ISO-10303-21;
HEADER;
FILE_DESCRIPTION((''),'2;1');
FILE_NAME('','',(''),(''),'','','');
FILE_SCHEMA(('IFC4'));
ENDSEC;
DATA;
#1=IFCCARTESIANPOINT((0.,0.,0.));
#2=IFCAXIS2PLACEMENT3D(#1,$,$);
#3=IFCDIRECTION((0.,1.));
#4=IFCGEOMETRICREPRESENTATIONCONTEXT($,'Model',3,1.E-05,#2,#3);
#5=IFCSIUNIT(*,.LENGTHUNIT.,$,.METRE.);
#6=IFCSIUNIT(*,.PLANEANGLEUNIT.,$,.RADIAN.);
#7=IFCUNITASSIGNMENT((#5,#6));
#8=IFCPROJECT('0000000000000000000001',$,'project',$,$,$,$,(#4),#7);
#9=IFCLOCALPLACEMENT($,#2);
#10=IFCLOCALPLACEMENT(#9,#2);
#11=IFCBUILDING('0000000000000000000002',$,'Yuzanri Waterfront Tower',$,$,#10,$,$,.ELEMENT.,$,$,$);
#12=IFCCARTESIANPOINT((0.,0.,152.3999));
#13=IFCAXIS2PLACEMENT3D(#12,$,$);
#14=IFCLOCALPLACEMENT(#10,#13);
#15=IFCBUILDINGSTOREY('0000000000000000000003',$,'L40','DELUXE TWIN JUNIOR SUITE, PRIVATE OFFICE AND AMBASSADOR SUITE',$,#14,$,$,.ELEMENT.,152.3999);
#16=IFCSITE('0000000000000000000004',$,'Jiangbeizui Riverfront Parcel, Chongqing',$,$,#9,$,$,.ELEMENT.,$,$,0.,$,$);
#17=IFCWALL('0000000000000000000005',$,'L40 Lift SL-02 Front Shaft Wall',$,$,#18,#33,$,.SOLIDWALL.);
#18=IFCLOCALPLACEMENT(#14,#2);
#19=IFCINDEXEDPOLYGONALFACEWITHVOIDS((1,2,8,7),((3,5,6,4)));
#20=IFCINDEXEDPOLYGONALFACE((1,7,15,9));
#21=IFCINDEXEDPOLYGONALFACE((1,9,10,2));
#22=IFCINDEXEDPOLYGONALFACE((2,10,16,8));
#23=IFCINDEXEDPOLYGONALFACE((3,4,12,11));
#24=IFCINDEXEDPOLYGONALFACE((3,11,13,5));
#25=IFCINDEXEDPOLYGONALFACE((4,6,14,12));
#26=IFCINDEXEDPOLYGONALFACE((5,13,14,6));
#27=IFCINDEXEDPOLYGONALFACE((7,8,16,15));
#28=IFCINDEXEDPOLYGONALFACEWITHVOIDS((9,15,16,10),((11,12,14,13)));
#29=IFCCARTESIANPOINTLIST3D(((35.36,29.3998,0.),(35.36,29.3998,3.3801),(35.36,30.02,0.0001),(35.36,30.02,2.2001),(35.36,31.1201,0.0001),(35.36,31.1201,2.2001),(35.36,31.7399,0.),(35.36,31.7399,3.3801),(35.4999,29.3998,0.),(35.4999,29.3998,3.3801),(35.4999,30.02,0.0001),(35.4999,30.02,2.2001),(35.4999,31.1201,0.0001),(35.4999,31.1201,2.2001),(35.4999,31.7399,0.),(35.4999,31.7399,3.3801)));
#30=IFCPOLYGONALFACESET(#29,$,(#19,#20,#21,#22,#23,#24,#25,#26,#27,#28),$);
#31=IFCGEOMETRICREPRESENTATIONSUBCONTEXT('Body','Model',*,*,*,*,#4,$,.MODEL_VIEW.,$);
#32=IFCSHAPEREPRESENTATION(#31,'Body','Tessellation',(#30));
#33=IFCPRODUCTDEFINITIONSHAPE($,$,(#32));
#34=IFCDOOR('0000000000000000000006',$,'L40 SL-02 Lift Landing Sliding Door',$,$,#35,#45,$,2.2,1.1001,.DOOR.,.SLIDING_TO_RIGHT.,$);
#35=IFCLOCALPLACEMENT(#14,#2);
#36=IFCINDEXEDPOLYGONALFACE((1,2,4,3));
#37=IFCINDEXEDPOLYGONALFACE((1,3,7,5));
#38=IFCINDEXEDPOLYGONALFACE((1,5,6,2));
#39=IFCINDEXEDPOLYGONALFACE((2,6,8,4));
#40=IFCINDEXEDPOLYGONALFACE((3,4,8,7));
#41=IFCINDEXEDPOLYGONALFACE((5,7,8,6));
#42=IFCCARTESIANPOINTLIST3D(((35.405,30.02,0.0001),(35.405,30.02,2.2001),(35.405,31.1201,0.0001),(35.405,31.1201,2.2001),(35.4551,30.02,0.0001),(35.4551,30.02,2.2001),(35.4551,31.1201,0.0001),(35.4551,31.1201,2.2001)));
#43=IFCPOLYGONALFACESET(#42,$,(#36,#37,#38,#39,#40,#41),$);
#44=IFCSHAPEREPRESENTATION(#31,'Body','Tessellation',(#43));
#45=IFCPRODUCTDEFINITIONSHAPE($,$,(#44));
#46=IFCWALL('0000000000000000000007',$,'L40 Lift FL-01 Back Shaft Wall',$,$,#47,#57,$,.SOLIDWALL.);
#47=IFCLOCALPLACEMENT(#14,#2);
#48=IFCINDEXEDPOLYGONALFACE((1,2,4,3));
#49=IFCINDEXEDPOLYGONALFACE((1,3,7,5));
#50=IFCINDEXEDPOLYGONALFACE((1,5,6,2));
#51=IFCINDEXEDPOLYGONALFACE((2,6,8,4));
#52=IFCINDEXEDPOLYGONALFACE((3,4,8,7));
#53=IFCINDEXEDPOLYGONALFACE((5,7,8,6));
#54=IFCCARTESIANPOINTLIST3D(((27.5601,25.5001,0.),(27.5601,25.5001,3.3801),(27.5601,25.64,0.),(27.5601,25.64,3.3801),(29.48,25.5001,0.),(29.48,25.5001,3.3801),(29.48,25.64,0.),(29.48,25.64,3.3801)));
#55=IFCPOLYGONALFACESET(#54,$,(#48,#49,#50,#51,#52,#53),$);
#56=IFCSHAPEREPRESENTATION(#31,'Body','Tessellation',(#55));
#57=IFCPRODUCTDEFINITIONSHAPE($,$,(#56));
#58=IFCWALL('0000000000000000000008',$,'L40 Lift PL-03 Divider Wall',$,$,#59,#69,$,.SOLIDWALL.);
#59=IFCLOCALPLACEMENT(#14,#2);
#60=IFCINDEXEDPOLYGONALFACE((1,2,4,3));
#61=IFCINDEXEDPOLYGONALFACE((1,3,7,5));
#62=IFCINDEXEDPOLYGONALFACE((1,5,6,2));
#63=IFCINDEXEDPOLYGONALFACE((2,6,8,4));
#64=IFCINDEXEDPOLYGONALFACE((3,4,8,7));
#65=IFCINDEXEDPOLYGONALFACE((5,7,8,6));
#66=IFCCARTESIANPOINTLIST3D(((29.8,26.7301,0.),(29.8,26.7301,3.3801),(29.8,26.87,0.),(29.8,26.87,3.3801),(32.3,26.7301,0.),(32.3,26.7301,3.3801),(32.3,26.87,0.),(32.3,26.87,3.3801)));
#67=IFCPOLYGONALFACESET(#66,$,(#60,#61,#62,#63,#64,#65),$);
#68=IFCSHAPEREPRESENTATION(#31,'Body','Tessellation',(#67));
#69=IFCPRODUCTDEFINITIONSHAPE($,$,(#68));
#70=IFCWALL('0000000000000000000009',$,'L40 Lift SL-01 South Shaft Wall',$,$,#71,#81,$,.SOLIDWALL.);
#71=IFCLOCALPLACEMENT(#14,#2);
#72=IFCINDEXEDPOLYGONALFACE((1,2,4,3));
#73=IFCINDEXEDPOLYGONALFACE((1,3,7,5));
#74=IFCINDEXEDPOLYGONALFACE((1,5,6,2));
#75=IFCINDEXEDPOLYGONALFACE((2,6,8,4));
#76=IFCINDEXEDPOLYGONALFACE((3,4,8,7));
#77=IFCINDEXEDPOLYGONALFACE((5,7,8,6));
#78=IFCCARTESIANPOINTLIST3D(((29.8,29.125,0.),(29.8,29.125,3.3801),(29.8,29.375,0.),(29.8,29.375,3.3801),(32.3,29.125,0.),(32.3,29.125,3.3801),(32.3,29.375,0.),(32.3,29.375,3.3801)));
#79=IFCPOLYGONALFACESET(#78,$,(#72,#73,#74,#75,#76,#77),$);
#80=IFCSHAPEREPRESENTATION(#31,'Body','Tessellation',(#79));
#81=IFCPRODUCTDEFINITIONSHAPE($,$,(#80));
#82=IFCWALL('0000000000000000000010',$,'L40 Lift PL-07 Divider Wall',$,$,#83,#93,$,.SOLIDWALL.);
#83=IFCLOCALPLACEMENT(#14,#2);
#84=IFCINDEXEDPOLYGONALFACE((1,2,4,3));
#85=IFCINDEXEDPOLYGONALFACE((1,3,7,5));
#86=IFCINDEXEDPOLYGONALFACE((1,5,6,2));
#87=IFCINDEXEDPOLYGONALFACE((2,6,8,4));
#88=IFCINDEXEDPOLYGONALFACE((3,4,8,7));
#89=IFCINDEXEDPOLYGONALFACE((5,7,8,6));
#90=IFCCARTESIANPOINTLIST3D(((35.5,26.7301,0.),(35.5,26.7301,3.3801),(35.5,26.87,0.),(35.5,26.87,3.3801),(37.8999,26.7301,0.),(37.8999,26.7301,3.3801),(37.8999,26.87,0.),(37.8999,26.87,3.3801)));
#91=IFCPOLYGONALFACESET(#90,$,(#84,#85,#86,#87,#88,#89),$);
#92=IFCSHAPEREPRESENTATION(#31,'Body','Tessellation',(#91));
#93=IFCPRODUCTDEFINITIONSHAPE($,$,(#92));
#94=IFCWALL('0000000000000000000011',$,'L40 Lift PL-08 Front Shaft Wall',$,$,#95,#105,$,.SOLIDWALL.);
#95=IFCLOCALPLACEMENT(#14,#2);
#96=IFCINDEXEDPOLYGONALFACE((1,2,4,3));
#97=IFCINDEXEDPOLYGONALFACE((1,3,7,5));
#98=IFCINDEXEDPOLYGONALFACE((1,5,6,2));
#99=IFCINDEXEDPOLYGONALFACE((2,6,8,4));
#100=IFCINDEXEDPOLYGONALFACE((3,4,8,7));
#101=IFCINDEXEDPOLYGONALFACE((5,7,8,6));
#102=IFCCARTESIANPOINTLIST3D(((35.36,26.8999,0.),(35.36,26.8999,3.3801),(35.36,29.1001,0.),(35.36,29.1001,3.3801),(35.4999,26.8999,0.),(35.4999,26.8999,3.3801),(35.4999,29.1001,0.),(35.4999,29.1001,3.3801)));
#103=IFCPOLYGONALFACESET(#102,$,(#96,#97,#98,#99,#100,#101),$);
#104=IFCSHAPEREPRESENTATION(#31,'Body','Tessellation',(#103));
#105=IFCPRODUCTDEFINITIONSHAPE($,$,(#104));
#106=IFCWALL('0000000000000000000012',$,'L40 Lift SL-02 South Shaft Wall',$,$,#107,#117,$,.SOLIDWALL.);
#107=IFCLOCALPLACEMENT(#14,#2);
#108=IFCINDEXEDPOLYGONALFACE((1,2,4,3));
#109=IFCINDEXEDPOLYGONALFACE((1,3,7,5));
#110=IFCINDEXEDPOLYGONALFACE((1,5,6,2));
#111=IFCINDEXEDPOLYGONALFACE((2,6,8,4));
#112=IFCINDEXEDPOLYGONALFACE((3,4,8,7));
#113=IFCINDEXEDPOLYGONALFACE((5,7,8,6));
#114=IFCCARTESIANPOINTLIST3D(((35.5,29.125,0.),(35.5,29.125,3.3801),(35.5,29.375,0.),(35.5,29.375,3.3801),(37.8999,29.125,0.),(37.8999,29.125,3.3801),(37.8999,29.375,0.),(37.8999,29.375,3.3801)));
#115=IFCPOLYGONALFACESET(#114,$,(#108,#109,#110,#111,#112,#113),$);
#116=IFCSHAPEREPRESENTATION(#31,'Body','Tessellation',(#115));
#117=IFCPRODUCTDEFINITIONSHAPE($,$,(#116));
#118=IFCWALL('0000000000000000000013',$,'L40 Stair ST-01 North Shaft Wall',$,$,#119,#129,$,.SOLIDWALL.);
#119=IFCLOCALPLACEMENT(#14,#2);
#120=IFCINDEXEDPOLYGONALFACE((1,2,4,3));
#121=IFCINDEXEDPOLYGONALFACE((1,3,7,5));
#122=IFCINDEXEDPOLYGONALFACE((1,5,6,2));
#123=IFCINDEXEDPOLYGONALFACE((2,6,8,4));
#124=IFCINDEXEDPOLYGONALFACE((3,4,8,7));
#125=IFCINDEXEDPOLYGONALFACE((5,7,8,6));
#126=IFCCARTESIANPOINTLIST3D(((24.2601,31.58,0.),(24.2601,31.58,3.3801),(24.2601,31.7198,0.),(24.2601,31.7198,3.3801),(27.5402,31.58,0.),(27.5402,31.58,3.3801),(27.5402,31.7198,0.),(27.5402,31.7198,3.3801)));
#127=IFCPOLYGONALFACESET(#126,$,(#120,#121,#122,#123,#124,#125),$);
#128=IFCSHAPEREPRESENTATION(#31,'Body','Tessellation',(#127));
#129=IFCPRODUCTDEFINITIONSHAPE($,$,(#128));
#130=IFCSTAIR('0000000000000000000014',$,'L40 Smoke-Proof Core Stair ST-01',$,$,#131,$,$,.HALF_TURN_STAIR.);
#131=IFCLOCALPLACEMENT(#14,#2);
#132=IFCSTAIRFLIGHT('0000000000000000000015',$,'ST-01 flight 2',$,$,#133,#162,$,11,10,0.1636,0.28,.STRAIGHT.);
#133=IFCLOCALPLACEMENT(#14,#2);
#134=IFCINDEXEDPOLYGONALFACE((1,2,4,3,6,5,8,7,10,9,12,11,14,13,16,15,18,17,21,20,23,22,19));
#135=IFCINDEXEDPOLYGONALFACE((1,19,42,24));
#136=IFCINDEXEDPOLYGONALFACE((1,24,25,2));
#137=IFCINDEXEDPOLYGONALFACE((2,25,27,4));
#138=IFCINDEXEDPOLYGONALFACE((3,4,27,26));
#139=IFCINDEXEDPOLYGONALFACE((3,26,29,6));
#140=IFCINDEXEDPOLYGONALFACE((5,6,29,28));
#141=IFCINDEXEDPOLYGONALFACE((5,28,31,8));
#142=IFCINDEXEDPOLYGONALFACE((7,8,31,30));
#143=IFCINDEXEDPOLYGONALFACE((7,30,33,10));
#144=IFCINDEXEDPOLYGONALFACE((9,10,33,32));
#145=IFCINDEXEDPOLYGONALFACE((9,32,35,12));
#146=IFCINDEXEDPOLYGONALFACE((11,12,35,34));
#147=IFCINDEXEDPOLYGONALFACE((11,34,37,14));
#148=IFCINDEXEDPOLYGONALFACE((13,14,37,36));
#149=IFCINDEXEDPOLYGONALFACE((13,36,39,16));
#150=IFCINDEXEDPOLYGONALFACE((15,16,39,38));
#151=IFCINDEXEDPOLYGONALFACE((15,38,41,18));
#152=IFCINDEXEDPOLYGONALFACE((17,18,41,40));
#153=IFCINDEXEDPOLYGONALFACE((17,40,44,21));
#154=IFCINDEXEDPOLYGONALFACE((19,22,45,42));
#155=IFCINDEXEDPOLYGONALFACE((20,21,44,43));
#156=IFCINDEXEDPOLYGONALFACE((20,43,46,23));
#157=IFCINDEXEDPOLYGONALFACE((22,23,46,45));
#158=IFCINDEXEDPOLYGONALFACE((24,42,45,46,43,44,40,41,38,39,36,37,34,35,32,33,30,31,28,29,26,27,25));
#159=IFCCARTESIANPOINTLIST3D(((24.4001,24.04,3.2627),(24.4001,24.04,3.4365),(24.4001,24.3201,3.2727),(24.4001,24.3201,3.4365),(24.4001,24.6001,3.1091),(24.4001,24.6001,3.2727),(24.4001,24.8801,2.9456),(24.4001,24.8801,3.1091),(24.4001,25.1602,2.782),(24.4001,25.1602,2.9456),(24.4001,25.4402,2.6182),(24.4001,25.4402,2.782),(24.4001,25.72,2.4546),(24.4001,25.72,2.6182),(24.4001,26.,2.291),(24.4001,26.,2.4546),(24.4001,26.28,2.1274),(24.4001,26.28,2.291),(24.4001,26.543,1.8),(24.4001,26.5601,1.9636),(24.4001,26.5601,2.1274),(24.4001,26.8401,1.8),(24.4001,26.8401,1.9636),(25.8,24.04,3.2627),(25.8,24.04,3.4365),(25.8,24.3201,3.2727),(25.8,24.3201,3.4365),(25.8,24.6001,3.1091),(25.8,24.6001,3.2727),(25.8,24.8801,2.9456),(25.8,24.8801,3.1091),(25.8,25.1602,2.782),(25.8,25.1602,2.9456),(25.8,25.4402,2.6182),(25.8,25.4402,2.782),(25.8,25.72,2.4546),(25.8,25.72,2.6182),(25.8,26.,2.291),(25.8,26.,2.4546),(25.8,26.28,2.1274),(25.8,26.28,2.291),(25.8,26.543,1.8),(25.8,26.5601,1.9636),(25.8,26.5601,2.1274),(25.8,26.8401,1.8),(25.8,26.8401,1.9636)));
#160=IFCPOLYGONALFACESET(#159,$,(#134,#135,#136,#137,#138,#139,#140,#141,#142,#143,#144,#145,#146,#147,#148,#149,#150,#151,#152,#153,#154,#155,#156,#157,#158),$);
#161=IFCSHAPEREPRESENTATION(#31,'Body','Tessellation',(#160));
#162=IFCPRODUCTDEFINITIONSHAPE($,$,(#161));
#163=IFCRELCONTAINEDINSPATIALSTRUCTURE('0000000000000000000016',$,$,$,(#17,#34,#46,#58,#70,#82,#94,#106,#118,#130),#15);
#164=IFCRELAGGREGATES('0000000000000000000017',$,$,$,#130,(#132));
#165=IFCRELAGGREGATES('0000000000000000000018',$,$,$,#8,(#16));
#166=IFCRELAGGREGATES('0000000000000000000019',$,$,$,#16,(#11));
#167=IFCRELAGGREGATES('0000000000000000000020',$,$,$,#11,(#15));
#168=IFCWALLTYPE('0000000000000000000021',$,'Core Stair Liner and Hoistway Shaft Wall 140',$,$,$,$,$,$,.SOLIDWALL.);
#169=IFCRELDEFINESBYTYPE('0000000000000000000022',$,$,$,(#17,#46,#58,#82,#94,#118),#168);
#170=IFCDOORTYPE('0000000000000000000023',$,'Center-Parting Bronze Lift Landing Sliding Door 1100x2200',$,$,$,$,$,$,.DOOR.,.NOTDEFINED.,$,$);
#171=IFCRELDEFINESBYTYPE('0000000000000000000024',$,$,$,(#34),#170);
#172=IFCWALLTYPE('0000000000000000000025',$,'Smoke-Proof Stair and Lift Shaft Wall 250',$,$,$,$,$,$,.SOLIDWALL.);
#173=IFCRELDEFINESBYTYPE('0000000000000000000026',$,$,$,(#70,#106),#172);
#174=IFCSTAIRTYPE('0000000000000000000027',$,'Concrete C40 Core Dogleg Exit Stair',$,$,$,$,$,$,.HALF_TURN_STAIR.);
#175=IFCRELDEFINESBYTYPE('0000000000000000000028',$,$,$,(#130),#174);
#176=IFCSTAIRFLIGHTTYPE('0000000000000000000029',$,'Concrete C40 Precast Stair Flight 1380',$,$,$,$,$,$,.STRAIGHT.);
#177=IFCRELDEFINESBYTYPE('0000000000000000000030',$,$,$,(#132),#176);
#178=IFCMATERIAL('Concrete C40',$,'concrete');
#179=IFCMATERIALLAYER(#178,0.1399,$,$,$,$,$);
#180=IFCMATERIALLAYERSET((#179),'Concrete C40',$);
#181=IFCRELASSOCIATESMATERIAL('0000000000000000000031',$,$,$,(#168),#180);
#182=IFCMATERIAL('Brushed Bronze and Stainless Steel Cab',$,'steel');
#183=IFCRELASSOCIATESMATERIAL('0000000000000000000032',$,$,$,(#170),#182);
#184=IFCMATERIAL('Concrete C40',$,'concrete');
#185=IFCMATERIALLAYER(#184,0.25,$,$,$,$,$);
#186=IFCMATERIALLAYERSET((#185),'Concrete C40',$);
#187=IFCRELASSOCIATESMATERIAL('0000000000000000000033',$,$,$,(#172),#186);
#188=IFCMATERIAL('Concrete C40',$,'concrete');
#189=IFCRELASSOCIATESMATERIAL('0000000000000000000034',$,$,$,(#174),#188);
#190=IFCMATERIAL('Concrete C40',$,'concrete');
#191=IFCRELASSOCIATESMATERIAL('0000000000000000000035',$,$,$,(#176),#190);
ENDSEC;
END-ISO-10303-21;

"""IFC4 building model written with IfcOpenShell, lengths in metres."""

from ifc_helpers import new_model, si_unit, direction, frame, frame_2d, origin, place, context, subcontext, project, spatial, polyline, rectangle, outline, extrude, source, transform, mapped, material, layer, layer_set, type_object, element, fill, aggregate, save


model = new_model("IFC4")

# Units and contexts
model_context = context("Model", 3, precision=1e-05, world=origin(), true_north=direction((0.0, 1.0)))
body_context = subcontext(model_context, "Body", "Model", "MODEL_VIEW")
ifc_project = project(units=[si_unit("LENGTHUNIT", "METRE"), si_unit("PLANEANGLEUNIT", "RADIAN")], contexts=[model_context])

# Site, building, storey
site_placement = place(None, origin())
site = spatial("IfcSite", under=ifc_project, at=site_placement, Name="Jiangbeizui Riverfront Parcel, Chongqing", CompositionType="ELEMENT", RefElevation=0.0)
building_placement = place(site_placement, origin())
building = spatial("IfcBuilding", under=site, at=building_placement, Name="Yuzanri Waterfront Tower", CompositionType="ELEMENT")
storey_placement = place(building_placement, frame((0.0, 0.0, 152.3999)))
storey = spatial("IfcBuildingStorey", under=building, at=storey_placement, Name="L40", Description="DELUXE TWIN JUNIOR SUITE, PRIVATE OFFICE AND AMBASSADOR SUITE", CompositionType="ELEMENT", Elevation=152.3999)

# Wall, opening, door
ifc_material_1 = material(Name="Concrete C40", Category="concrete")
ifc_layer_1 = layer(ifc_material_1, 0.1399)
ifc_layer_set_1 = layer_set([ifc_layer_1], Name="Concrete C40")
wall_type_1 = type_object("IfcWallType", Name="Core Stair Liner and Hoistway Shaft Wall 140", PredefinedType="SOLIDWALL", material=ifc_layer_set_1)
ifc_material_2 = material(Name="Brushed Bronze and Stainless Steel Cab", Category="steel")
door_type_1 = type_object("IfcDoorType", Name="Center-Parting Bronze Lift Landing Sliding Door 1100x2200", OperationType="NOTDEFINED", PredefinedType="DOOR", material=ifc_material_2)
shared_shape_1 = source(origin(), body_context, "Body", "SweptSolid", [
    extrude(rectangle(XDim=1.1001, YDim=2.2, at=frame_2d((0.55, 1.1001))), frame((0.0, 0.0249, 0.0), z_axis=(0.0, -1.0, 0.0), x_axis=(1.0, 0.0, 0.0)), (0.0, 0.0, 1.0), 0.05),
])
wall_1_placement = place(storey_placement, frame((35.4299, 29.3999, 0.0), z_axis=(0.0, 0.0, 1.0), x_axis=(0.0, 1.0, 0.0)))
wall_1 = element("IfcWall", 1, at=wall_1_placement, inside=storey, type_object=wall_type_1, Name="L40 Lift SL-02 Front Shaft Wall", PredefinedType="SOLIDWALL", context=body_context, shape_type="SweptSolid", body=[
    extrude(rectangle(XDim=2.3401, YDim=0.1399, at=frame_2d((1.1699, 0.0))), origin(), (0.0, 0.0, 1.0), 3.3801),
])
opening_1_placement = place(wall_1_placement, frame((0.6201, 0.0, 0.0)))
opening_1 = element("IfcOpeningElement", 2, at=opening_1_placement, cuts=wall_1, PredefinedType="OPENING", context=body_context, shape_type="SweptSolid", body=[
    extrude(rectangle(XDim=1.1001, YDim=2.2, at=frame_2d((0.55, 1.1001))), frame((0.0, 0.085, 0.0), z_axis=(0.0, -1.0, 0.0), x_axis=(1.0, 0.0, 0.0)), (0.0, 0.0, 1.0), 0.1697),
])
door_1_placement = place(opening_1_placement, origin())
door_1 = element("IfcDoor", 3, at=door_1_placement, inside=storey, type_object=door_type_1, Name="L40 SL-02 Lift Landing Sliding Door", OperationType="SLIDING_TO_RIGHT", OverallHeight=2.2, OverallWidth=1.1001, PredefinedType="DOOR", context=body_context, shape_type="MappedRepresentation", body=[
    mapped(shared_shape_1, transform((0.0, 0.0, 0.0), scale=1.0)),
])
fill(opening_1, door_1)

# Walls
shared_shape_2 = source(origin(), body_context, "Body", "SweptSolid", [
    extrude(rectangle(XDim=1.9199, YDim=0.1399, at=frame_2d((0.96, 0.0))), origin(), (0.0, 0.0, 1.0), 3.3801),
])
wall_2_placement = place(storey_placement, frame((27.5601, 25.5701, 0.0), z_axis=(0.0, 0.0, 1.0), x_axis=(1.0, 0.0, 0.0)))
element("IfcWall", 4, at=wall_2_placement, inside=storey, type_object=wall_type_1, Name="L40 Lift FL-01 Back Shaft Wall", PredefinedType="SOLIDWALL", context=body_context, shape_type="MappedRepresentation", body=[
    mapped(shared_shape_2, transform((0.0, 0.0, 0.0), scale=1.0)),
])
shared_shape_3 = source(origin(), body_context, "Body", "SweptSolid", [
    extrude(rectangle(XDim=2.5, YDim=0.1399, at=frame_2d((1.25, 0.0))), origin(), (0.0, 0.0, 1.0), 3.3801),
])
wall_3_placement = place(storey_placement, frame((29.8, 26.8, 0.0), z_axis=(0.0, 0.0, 1.0), x_axis=(1.0, 0.0, 0.0)))
element("IfcWall", 5, at=wall_3_placement, inside=storey, type_object=wall_type_1, Name="L40 Lift PL-03 Divider Wall", PredefinedType="SOLIDWALL", context=body_context, shape_type="MappedRepresentation", body=[
    mapped(shared_shape_3, transform((0.0, 0.0, 0.0), scale=1.0)),
])
ifc_material_3 = material(Name="Concrete C40", Category="concrete")
ifc_layer_2 = layer(ifc_material_3, 0.25)
ifc_layer_set_2 = layer_set([ifc_layer_2], Name="Concrete C40")
wall_type_2 = type_object("IfcWallType", Name="Smoke-Proof Stair and Lift Shaft Wall 250", PredefinedType="SOLIDWALL", material=ifc_layer_set_2)
shared_shape_4 = source(origin(), body_context, "Body", "SweptSolid", [
    extrude(rectangle(XDim=2.5, YDim=0.25, at=frame_2d((1.25, 0.0))), origin(), (0.0, 0.0, 1.0), 3.3801),
])
wall_4_placement = place(storey_placement, frame((29.8, 29.25, 0.0), z_axis=(0.0, 0.0, 1.0), x_axis=(1.0, 0.0, 0.0)))
element("IfcWall", 6, at=wall_4_placement, inside=storey, type_object=wall_type_2, Name="L40 Lift SL-01 South Shaft Wall", PredefinedType="SOLIDWALL", context=body_context, shape_type="MappedRepresentation", body=[
    mapped(shared_shape_4, transform((0.0, 0.0, 0.0), scale=1.0)),
])
shared_shape_5 = source(origin(), body_context, "Body", "SweptSolid", [
    extrude(rectangle(XDim=2.3999, YDim=0.1399, at=frame_2d((1.2, 0.0))), origin(), (0.0, 0.0, 1.0), 3.3801),
])
wall_5_placement = place(storey_placement, frame((35.5, 26.8, 0.0), z_axis=(0.0, 0.0, 1.0), x_axis=(1.0, 0.0, 0.0)))
element("IfcWall", 7, at=wall_5_placement, inside=storey, type_object=wall_type_1, Name="L40 Lift PL-07 Divider Wall", PredefinedType="SOLIDWALL", context=body_context, shape_type="MappedRepresentation", body=[
    mapped(shared_shape_5, transform((0.0, 0.0, 0.0), scale=1.0)),
])
shared_shape_6 = source(origin(), body_context, "Body", "SweptSolid", [
    extrude(rectangle(XDim=2.2002, YDim=0.1399, at=frame_2d((1.1001, 0.0))), origin(), (0.0, 0.0, 1.0), 3.3801),
])
wall_6_placement = place(storey_placement, frame((35.4299, 26.8999, 0.0), z_axis=(0.0, 0.0, 1.0), x_axis=(0.0, 1.0, 0.0)))
element("IfcWall", 8, at=wall_6_placement, inside=storey, type_object=wall_type_1, Name="L40 Lift PL-08 Front Shaft Wall", PredefinedType="SOLIDWALL", context=body_context, shape_type="MappedRepresentation", body=[
    mapped(shared_shape_6, transform((0.0, 0.0, 0.0), scale=1.0)),
])
shared_shape_7 = source(origin(), body_context, "Body", "SweptSolid", [
    extrude(rectangle(XDim=2.3999, YDim=0.25, at=frame_2d((1.2, 0.0))), origin(), (0.0, 0.0, 1.0), 3.3801),
])
wall_7_placement = place(storey_placement, frame((35.5, 29.25, 0.0), z_axis=(0.0, 0.0, 1.0), x_axis=(1.0, 0.0, 0.0)))
element("IfcWall", 9, at=wall_7_placement, inside=storey, type_object=wall_type_2, Name="L40 Lift SL-02 South Shaft Wall", PredefinedType="SOLIDWALL", context=body_context, shape_type="MappedRepresentation", body=[
    mapped(shared_shape_7, transform((0.0, 0.0, 0.0), scale=1.0)),
])
shared_shape_8 = source(origin(), body_context, "Body", "SweptSolid", [
    extrude(rectangle(XDim=3.28, YDim=0.1399, at=frame_2d((1.6401, 0.0))), origin(), (0.0, 0.0, 1.0), 3.3801),
])
wall_8_placement = place(storey_placement, frame((24.26, 31.6499, 0.0), z_axis=(0.0, 0.0, 1.0), x_axis=(1.0, 0.0, 0.0)))
element("IfcWall", 10, at=wall_8_placement, inside=storey, type_object=wall_type_1, Name="L40 Stair ST-01 North Shaft Wall", PredefinedType="SOLIDWALL", context=body_context, shape_type="MappedRepresentation", body=[
    mapped(shared_shape_8, transform((0.0, 0.0, 0.0), scale=1.0)),
])

# Stair, stair flight
ifc_material_4 = material(Name="Concrete C40", Category="concrete")
stair_type = type_object("IfcStairType", Name="Concrete C40 Core Dogleg Exit Stair", PredefinedType="HALF_TURN_STAIR", material=ifc_material_4)
stair_placement = place(storey_placement, origin())
stair = element("IfcStair", 11, at=stair_placement, inside=storey, type_object=stair_type, Name="L40 Smoke-Proof Core Stair ST-01", PredefinedType="HALF_TURN_STAIR")
ifc_material_5 = material(Name="Concrete C40", Category="concrete")
stair_flight_type = type_object("IfcStairFlightType", Name="Concrete C40 Precast Stair Flight 1380", PredefinedType="STRAIGHT", material=ifc_material_5)
shared_shape_9 = source(origin(), body_context, "Body", "SweptSolid", [
    extrude(outline(polyline([(0.0, 0.0), (0.0, 0.1636), (0.28, 0.1636), (0.28, 0.3274), (0.5601, 0.3274), (0.5601, 0.491), (0.8401, 0.491), (0.8401, 0.6545), (1.1201, 0.6545), (1.1201, 0.8181), (1.3999, 0.8181), (1.3999, 0.9819), (1.6799, 0.9819), (1.6799, 1.1455), (1.96, 1.1455), (1.96, 1.3091), (2.24, 1.3091), (2.24, 1.4727), (2.52, 1.4727), (2.52, 1.6365), (2.8, 1.6365), (2.8, 1.8), (2.8, 1.4626), (0.2971, 0.0), (0.0, 0.0)])), frame((0.0, 0.7, 0.0), z_axis=(0.0, -1.0, 0.0), x_axis=(1.0, 0.0, 0.0)), (0.0, 0.0, 1.0), 1.3999),
])
stair_flight_placement = place(storey_placement, frame((25.1001, 26.8401, 1.8), z_axis=(0.0, 0.0, 1.0), x_axis=(0.0, -1.0, 0.0)))
stair_flight = element("IfcStairFlight", 12, at=stair_flight_placement, type_object=stair_flight_type, Name="ST-01 flight 2", NumberOfRisers=11, NumberOfTreads=10, PredefinedType="STRAIGHT", RiserHeight=0.1636, TreadLength=0.28, context=body_context, shape_type="MappedRepresentation", body=[
    mapped(shared_shape_9, transform((0.0, 0.0, 0.0), scale=1.0)),
])
aggregate(stair, [stair_flight])

save(model, "model.ifc")
